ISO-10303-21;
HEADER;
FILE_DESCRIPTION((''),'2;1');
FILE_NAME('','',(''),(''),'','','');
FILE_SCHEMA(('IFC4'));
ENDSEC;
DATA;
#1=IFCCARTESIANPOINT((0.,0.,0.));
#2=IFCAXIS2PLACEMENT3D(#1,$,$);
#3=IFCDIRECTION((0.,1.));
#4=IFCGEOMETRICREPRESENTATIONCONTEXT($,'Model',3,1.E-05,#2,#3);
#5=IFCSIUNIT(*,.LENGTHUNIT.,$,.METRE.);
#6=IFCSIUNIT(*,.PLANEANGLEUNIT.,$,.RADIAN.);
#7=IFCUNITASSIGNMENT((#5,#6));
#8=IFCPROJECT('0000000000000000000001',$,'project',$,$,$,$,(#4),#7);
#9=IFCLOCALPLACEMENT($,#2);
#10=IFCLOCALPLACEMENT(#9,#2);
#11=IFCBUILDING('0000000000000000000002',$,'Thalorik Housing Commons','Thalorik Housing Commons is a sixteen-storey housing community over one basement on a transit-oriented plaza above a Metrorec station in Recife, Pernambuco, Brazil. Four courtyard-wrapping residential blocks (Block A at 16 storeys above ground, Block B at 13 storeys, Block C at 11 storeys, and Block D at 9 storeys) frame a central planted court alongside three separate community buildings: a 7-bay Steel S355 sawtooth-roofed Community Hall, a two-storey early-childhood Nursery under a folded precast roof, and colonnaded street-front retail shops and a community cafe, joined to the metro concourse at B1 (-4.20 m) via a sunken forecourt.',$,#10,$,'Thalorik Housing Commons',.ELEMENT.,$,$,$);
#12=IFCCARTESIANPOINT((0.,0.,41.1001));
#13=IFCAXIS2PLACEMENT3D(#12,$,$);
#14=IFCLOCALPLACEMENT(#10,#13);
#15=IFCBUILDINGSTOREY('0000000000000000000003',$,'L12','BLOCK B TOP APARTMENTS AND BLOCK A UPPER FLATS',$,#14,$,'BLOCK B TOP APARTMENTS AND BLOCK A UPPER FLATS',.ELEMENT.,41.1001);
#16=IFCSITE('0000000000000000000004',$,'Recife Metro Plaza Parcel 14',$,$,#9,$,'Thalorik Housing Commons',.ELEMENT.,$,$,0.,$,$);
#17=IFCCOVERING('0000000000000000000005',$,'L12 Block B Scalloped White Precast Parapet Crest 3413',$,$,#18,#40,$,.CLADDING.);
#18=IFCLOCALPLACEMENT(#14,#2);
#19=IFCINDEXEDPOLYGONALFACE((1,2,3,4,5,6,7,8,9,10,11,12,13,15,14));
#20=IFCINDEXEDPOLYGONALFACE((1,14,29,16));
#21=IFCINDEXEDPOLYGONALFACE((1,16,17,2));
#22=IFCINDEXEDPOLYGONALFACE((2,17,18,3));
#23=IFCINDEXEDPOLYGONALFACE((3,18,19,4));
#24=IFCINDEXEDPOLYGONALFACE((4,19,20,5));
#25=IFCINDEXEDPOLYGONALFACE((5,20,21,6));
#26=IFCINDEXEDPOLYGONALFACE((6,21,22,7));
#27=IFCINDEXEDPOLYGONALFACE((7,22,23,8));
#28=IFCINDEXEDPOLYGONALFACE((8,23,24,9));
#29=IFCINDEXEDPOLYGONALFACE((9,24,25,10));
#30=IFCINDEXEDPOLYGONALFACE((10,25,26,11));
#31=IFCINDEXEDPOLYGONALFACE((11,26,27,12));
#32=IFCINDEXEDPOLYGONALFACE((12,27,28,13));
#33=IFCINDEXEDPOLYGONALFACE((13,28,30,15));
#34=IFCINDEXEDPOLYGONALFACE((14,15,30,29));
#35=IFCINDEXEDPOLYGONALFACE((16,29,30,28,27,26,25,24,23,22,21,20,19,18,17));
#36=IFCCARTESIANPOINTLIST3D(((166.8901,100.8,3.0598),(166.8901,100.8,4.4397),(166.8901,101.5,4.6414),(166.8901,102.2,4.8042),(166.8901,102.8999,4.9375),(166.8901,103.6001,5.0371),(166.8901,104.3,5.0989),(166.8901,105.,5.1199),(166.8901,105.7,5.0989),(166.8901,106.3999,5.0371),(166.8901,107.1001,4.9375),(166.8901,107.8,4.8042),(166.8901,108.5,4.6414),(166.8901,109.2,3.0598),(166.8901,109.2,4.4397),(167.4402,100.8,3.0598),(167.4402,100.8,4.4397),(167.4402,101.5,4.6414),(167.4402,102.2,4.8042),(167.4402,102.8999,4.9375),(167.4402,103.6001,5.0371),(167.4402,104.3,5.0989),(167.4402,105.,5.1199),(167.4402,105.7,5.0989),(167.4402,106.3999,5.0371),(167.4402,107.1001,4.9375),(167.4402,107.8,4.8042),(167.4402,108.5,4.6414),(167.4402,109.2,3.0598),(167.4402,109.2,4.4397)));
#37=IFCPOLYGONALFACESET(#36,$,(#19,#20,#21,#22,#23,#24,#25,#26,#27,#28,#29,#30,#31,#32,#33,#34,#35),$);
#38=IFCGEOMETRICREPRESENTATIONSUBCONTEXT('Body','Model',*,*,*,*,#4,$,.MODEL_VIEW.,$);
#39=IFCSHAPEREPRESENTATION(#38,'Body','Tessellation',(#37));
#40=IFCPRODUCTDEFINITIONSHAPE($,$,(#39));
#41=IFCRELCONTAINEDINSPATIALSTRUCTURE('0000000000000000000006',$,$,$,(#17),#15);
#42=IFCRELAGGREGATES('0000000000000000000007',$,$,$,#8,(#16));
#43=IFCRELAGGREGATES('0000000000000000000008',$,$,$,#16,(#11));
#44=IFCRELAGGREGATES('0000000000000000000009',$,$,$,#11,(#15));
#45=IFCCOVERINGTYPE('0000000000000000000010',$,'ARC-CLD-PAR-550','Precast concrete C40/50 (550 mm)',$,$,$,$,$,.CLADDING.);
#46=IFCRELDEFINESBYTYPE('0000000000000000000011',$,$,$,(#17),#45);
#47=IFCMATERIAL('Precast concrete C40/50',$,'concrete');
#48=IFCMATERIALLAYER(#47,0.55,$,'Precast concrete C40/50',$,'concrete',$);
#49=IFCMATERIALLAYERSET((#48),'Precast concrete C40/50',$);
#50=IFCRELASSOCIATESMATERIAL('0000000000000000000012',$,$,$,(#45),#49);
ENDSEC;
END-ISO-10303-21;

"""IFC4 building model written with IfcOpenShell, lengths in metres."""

from ifc_helpers import new_model, si_unit, direction, frame, origin, place, context, subcontext, project, spatial, polyline, outline, extrude, material, layer, layer_set, type_object, element, save


model = new_model("IFC4")

# Units and contexts
model_context = context("Model", 3, precision=1e-05, world=origin(), true_north=direction((0.0, 1.0)))
body_context = subcontext(model_context, "Body", "Model", "MODEL_VIEW")
ifc_project = project(units=[si_unit("LENGTHUNIT", "METRE"), si_unit("PLANEANGLEUNIT", "RADIAN")], contexts=[model_context])

# Site, building, storey
site_placement = place(None, origin())
site = spatial("IfcSite", under=ifc_project, at=site_placement, Name="Recife Metro Plaza Parcel 14", LongName="Thalorik Housing Commons", CompositionType="ELEMENT", RefElevation=0.0)
building_placement = place(site_placement, origin())
building = spatial("IfcBuilding", under=site, at=building_placement, Name="Thalorik Housing Commons", Description="Thalorik Housing Commons is a sixteen-storey housing community over one basement on a transit-oriented plaza above a Metrorec station in Recife, Pernambuco, Brazil. Four courtyard-wrapping residential blocks (Block A at 16 storeys above ground, Block B at 13 storeys, Block C at 11 storeys, and Block D at 9 storeys) frame a central planted court alongside three separate community buildings: a 7-bay Steel S355 sawtooth-roofed Community Hall, a two-storey early-childhood Nursery under a folded precast roof, and colonnaded street-front retail shops and a community cafe, joined to the metro concourse at B1 (-4.20 m) via a sunken forecourt.", LongName="Thalorik Housing Commons", CompositionType="ELEMENT")
storey_placement = place(building_placement, frame((0.0, 0.0, 41.1001)))
storey = spatial("IfcBuildingStorey", under=building, at=storey_placement, Name="L12", Description="BLOCK B TOP APARTMENTS AND BLOCK A UPPER FLATS", LongName="BLOCK B TOP APARTMENTS AND BLOCK A UPPER FLATS", CompositionType="ELEMENT", Elevation=41.1001)

# Shared definitions
ifc_material_1 = material(Name="Precast concrete C40/50", Category="concrete")

# Covering
ifc_layer_1 = layer(ifc_material_1, 0.55, Name="Precast concrete C40/50", Category="concrete")
ifc_layer_set_1 = layer_set([ifc_layer_1], Name="Precast concrete C40/50")
covering_type_1 = type_object("IfcCoveringType", Name="ARC-CLD-PAR-550", Description="Precast concrete C40/50 (550 mm)", PredefinedType="CLADDING", material=ifc_layer_set_1)
covering_1_placement = place(storey_placement, frame((167.165, 105.0, 3.0598), z_axis=(0.0, 0.0, 1.0), x_axis=(0.0, 1.0, 0.0)))
element("IfcCovering", 1, at=covering_1_placement, inside=storey, type_object=covering_type_1, Name="L12 Block B Scalloped White Precast Parapet Crest 3413", PredefinedType="CLADDING", context=body_context, shape_type="SweptSolid", body=[
    extrude(outline(polyline([(-4.2, 0.0), (4.2, 0.0), (4.2, 1.3799), (3.5, 1.5815), (2.8, 1.7444), (2.1001, 1.8777), (1.3999, 1.9773), (0.7, 2.0391), (0.0, 2.0601), (-0.7, 2.0391), (-1.3999, 1.9773), (-2.1001, 1.8777), (-2.8, 1.7444), (-3.5, 1.5815), (-4.2, 1.3799), (-4.2, 0.0)])), frame((0.0, 0.2749, 0.0), z_axis=(0.0, -1.0, 0.0), x_axis=(1.0, 0.0, 0.0)), (0.0, 0.0, 1.0), 0.55),
])

save(model, "model.ifc")
